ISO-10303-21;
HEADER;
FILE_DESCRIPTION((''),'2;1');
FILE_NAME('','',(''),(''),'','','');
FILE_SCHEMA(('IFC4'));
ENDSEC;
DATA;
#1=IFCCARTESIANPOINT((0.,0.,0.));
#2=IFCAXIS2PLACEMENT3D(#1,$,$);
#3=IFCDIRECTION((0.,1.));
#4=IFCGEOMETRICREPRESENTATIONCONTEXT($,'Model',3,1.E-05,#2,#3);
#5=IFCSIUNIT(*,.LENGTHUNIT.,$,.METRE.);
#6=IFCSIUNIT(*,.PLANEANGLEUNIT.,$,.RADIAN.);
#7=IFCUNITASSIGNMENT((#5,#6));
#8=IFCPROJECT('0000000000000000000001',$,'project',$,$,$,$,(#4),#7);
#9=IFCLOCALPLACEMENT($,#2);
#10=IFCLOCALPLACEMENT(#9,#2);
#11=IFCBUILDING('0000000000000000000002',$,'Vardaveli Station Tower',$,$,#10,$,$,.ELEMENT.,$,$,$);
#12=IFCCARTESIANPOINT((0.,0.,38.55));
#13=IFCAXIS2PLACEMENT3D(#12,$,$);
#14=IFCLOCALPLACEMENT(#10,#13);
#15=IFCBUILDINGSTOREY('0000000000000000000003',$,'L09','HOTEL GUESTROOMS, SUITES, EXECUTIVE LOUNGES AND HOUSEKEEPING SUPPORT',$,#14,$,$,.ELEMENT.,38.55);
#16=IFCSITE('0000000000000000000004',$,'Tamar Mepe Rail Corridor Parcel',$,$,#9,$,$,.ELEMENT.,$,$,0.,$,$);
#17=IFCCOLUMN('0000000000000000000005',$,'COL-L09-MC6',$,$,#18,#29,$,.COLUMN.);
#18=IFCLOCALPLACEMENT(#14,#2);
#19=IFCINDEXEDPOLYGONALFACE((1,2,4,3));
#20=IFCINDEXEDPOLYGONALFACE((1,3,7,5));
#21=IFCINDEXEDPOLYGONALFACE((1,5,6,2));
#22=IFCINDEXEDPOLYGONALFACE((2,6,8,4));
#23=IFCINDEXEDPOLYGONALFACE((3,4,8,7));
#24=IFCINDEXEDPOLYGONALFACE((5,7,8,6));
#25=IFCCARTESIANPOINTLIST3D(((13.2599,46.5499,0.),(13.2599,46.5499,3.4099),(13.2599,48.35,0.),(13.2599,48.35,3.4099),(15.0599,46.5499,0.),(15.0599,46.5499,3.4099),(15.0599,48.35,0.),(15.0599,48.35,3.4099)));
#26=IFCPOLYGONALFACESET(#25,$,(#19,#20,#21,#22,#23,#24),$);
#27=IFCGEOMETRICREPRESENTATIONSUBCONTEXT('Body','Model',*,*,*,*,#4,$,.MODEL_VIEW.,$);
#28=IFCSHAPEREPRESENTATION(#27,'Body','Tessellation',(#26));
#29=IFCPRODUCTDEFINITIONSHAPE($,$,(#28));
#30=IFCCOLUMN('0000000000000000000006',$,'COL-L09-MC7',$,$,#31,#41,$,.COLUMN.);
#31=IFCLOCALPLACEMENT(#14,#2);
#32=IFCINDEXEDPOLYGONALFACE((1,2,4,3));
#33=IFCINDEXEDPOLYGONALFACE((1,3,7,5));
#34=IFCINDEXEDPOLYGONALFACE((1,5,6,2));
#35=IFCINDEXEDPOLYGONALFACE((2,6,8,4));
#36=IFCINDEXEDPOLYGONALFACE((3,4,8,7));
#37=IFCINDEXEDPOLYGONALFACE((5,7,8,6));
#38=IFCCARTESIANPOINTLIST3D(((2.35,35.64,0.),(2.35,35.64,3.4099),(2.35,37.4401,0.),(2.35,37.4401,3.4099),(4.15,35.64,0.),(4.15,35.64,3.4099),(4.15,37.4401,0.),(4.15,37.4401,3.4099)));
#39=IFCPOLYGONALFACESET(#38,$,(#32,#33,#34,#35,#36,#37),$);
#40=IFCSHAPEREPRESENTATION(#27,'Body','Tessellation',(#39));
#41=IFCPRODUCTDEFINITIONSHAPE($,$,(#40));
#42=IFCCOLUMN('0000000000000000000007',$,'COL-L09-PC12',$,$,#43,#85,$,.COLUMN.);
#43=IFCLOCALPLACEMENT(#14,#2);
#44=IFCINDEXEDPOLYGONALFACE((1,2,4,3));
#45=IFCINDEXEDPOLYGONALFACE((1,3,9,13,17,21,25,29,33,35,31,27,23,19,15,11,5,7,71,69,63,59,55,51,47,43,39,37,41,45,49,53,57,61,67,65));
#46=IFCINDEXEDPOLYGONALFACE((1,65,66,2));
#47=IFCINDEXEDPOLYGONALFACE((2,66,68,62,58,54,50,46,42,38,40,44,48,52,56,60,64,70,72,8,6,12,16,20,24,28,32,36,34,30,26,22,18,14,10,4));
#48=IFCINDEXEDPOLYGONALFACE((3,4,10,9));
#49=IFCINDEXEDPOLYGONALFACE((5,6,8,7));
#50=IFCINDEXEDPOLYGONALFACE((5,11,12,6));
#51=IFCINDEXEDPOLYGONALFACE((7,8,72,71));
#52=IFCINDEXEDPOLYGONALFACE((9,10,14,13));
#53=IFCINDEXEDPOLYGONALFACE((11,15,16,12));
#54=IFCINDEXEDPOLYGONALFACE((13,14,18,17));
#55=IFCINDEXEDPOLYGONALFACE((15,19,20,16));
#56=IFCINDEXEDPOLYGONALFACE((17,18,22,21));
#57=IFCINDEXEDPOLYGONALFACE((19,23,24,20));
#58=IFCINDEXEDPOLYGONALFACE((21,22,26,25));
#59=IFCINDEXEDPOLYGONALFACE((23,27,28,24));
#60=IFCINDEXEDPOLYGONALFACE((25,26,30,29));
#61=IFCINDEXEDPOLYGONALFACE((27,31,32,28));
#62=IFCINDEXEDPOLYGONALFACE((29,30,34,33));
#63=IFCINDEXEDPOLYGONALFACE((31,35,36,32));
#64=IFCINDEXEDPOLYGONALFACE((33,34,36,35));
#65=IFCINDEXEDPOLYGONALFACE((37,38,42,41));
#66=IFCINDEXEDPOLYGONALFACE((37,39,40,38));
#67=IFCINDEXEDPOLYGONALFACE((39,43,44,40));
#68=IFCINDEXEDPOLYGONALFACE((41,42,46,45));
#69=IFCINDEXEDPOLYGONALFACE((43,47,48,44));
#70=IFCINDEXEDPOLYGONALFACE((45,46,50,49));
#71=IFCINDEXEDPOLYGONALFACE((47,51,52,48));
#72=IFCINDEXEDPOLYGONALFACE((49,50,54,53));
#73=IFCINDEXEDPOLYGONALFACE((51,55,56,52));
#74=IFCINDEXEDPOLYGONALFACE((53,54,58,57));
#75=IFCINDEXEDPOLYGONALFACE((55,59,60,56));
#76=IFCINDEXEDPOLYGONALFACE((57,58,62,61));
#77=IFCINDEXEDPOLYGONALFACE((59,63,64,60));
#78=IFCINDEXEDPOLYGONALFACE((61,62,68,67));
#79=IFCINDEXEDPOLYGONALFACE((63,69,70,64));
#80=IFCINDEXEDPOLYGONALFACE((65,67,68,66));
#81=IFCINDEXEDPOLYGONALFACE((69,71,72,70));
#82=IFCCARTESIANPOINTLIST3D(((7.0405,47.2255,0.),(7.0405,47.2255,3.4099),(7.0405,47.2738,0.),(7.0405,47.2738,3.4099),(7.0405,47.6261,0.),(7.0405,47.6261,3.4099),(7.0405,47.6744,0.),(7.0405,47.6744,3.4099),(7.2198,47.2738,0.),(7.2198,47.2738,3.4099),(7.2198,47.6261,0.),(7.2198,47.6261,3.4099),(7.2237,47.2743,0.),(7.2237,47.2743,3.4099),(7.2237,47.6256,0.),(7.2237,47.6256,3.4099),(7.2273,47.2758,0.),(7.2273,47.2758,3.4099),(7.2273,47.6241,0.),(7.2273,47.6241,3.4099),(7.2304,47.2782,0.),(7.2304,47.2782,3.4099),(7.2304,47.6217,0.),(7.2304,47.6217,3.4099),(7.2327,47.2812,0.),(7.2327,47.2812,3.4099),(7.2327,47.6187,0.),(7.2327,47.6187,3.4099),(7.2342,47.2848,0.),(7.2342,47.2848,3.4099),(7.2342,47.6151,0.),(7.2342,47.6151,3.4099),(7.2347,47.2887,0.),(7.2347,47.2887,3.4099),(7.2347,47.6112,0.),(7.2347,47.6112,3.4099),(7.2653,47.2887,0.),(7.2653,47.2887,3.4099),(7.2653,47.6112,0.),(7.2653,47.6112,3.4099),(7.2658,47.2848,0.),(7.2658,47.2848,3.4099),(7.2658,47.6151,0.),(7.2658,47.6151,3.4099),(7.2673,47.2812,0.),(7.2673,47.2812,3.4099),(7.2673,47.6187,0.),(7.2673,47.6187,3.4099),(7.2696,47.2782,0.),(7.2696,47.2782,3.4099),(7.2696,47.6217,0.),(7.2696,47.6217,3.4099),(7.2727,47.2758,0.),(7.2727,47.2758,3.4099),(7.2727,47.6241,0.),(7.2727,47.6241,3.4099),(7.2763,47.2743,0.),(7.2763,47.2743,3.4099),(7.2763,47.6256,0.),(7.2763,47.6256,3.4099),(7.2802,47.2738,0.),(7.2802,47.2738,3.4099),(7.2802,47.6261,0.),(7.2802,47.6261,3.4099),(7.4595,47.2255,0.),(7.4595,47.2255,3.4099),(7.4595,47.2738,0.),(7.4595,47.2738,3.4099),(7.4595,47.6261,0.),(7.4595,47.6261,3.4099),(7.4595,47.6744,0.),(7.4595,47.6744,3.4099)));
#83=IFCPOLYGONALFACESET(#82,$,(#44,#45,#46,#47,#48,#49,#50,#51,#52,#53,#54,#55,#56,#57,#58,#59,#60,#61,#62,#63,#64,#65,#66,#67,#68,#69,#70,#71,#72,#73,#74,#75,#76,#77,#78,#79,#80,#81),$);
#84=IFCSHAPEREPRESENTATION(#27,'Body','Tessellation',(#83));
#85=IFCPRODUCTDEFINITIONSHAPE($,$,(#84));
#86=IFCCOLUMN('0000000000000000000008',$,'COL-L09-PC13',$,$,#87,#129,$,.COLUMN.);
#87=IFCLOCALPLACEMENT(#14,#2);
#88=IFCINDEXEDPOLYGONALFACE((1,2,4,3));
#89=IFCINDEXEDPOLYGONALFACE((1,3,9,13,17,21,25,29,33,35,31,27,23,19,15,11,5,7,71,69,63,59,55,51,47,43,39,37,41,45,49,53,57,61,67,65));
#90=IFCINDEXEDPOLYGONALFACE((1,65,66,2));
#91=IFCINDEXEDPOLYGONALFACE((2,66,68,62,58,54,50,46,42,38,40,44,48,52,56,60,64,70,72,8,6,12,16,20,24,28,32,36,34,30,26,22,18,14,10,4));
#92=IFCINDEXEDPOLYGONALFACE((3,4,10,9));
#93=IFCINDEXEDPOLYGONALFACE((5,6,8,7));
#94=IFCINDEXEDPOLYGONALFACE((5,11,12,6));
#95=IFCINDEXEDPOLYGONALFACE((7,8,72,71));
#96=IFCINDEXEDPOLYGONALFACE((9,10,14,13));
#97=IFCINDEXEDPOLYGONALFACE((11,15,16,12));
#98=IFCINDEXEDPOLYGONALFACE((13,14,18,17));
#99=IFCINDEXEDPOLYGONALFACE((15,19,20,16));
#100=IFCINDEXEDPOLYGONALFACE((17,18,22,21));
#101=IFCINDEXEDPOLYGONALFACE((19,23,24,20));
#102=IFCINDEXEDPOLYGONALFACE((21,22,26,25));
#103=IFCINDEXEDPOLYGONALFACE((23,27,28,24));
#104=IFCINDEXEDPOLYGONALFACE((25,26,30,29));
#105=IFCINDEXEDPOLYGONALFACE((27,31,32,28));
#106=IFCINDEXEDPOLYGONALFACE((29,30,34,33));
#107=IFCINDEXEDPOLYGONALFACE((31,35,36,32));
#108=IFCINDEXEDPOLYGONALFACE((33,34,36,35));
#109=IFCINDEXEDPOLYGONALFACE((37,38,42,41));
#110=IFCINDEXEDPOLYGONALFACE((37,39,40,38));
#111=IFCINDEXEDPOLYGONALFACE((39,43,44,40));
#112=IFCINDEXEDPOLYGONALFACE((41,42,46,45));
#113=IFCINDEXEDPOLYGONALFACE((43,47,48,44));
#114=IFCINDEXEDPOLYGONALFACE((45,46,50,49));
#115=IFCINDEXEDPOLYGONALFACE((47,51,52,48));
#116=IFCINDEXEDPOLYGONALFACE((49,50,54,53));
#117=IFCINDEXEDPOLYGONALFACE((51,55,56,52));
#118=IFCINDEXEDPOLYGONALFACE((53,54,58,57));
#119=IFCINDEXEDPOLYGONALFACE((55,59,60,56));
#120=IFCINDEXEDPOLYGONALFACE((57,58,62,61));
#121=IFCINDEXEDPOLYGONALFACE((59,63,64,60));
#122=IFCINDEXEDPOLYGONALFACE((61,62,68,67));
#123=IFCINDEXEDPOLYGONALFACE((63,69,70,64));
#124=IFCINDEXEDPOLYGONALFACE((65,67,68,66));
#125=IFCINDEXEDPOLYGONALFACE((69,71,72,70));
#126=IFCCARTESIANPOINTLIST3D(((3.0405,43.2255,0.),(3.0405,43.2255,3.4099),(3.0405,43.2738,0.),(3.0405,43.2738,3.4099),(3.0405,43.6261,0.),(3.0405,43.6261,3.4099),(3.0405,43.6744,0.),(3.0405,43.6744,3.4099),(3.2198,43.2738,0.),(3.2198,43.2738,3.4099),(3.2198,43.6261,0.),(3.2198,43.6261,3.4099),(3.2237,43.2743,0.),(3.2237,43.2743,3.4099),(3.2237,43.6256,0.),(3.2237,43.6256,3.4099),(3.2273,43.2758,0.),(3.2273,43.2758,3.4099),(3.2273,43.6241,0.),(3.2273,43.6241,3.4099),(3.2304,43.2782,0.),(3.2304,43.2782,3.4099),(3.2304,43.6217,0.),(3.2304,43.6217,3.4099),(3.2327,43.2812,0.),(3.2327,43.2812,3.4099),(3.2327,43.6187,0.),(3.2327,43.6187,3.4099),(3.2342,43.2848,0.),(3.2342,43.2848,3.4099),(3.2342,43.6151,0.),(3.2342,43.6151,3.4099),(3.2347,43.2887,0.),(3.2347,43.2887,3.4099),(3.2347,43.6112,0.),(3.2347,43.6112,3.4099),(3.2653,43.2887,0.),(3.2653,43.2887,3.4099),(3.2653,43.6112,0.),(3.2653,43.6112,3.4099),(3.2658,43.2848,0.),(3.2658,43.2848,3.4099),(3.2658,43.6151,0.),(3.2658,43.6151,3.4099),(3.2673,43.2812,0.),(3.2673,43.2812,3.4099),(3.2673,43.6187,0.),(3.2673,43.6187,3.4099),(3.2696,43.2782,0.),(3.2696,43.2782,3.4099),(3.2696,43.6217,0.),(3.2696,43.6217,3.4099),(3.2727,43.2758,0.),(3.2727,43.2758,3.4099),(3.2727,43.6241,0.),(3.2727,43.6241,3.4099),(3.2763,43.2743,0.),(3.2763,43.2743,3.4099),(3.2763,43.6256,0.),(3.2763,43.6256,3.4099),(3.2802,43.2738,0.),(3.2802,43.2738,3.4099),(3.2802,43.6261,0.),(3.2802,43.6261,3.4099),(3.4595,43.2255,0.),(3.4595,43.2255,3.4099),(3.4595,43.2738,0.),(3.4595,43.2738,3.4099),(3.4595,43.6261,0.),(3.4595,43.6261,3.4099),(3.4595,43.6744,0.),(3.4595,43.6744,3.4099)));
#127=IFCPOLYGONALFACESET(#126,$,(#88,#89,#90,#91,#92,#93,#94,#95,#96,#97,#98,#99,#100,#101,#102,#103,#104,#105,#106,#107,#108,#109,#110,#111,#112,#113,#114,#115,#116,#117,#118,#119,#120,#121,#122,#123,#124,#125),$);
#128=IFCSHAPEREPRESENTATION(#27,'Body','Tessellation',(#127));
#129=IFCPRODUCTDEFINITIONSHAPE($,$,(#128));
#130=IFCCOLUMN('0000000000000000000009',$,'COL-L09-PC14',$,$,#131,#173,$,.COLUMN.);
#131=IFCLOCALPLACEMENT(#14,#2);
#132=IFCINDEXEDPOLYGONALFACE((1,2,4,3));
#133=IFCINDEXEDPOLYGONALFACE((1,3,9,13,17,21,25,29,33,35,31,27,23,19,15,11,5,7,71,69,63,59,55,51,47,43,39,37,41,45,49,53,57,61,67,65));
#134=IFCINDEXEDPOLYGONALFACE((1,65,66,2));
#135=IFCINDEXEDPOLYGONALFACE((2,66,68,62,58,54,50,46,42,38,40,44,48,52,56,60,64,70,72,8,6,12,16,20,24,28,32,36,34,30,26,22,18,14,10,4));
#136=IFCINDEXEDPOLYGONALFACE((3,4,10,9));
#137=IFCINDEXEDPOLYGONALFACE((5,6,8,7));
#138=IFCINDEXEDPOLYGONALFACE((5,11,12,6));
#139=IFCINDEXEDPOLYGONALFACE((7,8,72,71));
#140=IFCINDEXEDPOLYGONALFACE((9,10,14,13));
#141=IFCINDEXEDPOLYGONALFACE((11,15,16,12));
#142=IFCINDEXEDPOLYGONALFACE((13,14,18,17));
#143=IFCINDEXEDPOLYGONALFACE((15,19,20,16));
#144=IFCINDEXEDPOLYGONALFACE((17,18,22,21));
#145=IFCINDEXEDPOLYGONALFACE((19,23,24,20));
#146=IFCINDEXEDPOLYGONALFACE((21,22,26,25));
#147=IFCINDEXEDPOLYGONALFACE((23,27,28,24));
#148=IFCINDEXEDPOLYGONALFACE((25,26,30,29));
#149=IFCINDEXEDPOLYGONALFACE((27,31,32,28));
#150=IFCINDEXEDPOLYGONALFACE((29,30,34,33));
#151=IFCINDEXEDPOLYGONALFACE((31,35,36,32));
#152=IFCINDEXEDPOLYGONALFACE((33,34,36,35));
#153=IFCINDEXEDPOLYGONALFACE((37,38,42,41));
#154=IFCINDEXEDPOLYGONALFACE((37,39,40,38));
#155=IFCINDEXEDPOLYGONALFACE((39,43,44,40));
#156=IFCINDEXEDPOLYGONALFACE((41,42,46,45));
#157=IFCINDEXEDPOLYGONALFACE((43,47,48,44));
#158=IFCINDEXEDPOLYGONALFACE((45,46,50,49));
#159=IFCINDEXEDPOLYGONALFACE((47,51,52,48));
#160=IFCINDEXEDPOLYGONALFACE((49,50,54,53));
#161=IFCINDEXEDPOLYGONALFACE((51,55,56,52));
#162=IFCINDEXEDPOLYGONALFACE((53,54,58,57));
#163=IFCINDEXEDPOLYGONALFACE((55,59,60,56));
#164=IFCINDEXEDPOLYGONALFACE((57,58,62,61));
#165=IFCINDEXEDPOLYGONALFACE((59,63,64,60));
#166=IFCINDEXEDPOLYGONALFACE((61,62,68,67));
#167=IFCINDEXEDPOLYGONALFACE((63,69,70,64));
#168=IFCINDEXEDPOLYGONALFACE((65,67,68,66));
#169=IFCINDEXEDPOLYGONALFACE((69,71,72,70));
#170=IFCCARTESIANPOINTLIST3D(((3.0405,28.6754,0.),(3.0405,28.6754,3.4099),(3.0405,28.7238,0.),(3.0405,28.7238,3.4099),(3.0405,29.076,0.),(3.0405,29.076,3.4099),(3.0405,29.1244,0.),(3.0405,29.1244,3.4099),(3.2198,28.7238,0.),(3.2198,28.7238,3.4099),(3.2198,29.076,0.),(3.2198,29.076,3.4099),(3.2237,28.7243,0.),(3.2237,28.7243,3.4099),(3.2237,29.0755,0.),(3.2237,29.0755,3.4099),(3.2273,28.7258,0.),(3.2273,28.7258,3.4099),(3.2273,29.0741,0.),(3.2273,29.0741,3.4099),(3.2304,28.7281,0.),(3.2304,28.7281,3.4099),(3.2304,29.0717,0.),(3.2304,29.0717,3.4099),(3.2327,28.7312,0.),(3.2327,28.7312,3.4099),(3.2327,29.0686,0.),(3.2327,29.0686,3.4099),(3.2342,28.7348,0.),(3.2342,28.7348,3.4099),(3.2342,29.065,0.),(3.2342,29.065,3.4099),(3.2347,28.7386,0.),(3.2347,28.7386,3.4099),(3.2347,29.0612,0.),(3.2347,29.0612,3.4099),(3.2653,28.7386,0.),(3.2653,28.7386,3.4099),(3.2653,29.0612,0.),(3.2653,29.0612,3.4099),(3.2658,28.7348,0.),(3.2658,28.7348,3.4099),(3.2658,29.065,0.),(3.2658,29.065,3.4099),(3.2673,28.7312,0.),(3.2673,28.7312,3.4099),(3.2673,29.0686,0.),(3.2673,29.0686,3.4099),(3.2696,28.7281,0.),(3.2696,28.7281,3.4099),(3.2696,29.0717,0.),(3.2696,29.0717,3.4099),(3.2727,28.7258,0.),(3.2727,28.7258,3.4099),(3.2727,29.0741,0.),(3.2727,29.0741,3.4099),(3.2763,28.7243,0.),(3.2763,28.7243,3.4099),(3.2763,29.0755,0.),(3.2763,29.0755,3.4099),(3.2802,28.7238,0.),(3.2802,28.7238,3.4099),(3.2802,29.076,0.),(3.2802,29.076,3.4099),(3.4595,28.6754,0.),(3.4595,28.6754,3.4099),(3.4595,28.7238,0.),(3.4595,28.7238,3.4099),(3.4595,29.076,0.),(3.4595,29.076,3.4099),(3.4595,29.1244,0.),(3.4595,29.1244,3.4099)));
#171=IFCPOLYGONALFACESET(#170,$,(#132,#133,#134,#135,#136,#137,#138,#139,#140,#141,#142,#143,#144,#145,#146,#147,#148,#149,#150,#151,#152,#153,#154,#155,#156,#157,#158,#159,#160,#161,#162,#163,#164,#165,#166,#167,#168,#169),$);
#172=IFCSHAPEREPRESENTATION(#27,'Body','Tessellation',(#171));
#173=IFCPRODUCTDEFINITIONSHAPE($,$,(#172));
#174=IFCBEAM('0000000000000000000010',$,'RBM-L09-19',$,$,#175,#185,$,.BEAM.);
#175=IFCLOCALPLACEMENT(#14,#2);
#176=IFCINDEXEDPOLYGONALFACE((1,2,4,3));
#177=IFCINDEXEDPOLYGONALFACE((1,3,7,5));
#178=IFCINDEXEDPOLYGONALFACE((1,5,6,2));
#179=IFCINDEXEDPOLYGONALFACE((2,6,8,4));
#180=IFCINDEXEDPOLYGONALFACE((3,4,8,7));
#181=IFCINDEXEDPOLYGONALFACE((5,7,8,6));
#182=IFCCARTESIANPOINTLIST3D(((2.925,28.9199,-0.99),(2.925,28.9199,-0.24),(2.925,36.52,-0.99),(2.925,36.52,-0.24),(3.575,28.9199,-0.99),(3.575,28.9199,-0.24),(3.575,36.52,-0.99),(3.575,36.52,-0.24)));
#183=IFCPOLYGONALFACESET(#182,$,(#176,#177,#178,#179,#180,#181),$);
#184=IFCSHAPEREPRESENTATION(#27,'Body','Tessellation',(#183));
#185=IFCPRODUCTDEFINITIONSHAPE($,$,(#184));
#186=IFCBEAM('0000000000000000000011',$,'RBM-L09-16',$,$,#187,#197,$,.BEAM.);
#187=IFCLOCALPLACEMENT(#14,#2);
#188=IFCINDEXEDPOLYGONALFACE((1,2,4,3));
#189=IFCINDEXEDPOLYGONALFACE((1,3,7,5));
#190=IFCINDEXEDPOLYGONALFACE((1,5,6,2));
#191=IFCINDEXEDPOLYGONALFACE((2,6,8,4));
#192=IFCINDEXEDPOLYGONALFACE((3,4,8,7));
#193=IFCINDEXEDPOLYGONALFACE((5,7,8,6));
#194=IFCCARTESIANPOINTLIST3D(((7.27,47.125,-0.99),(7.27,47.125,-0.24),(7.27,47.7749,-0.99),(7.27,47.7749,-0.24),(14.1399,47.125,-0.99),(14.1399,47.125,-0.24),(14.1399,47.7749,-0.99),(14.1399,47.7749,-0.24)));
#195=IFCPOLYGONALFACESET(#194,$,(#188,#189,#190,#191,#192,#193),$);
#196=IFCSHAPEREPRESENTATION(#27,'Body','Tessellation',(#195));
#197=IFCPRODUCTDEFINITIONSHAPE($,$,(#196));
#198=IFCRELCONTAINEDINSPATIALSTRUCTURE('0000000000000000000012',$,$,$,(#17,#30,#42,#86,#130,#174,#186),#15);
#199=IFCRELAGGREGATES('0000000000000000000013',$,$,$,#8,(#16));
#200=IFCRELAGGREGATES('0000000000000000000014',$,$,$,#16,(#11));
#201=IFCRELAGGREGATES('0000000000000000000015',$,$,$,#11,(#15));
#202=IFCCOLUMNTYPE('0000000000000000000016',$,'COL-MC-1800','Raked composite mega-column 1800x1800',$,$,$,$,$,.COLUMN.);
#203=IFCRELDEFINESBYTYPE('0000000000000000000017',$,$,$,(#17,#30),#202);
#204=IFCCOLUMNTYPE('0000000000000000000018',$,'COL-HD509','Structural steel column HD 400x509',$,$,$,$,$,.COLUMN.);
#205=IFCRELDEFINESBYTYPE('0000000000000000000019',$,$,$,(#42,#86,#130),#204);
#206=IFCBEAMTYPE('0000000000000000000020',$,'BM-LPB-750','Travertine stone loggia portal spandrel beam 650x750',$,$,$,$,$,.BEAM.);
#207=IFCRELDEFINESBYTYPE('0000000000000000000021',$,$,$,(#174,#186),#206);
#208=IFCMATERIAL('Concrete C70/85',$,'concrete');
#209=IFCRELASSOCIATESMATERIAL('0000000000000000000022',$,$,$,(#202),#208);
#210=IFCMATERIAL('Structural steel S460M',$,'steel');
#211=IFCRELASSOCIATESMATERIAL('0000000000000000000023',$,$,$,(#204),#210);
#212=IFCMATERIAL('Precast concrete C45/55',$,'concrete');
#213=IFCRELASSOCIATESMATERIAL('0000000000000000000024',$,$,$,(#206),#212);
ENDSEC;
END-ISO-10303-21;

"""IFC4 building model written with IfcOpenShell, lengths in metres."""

from ifc_helpers import new_model, si_unit, direction, frame, origin, origin_2d, place, context, subcontext, project, spatial, rectangle, i_section, extrude, source, transform, mapped, material, material_profile, profile_set, type_object, element, save


model = new_model("IFC4")

# Units and contexts
model_context = context("Model", 3, precision=1e-05, world=origin(), true_north=direction((0.0, 1.0)))
body_context = subcontext(model_context, "Body", "Model", "MODEL_VIEW")
ifc_project = project(units=[si_unit("LENGTHUNIT", "METRE"), si_unit("PLANEANGLEUNIT", "RADIAN")], contexts=[model_context])

# Site, building, storey
site_placement = place(None, origin())
site = spatial("IfcSite", under=ifc_project, at=site_placement, Name="Tamar Mepe Rail Corridor Parcel", CompositionType="ELEMENT", RefElevation=0.0)
building_placement = place(site_placement, origin())
building = spatial("IfcBuilding", under=site, at=building_placement, Name="Vardaveli Station Tower", CompositionType="ELEMENT")
storey_placement = place(building_placement, frame((0.0, 0.0, 38.55)))
storey = spatial("IfcBuildingStorey", under=building, at=storey_placement, Name="L09", Description="HOTEL GUESTROOMS, SUITES, EXECUTIVE LOUNGES AND HOUSEKEEPING SUPPORT", CompositionType="ELEMENT", Elevation=38.55)

# Columns
ifc_material_1 = material(Name="Concrete C70/85", Category="concrete")
ifc_material_profile_1 = material_profile(ifc_material_1, rectangle(XDim=1.8, YDim=1.8, at=origin_2d()), Name="MC 1800x1800")
ifc_profile_set_1 = profile_set([ifc_material_profile_1], Name="Concrete C70/85")
column_type_1 = type_object("IfcColumnType", Name="COL-MC-1800", Description="Raked composite mega-column 1800x1800", PredefinedType="COLUMN", material=ifc_profile_set_1)
shared_shape_1 = source(origin(), body_context, "Body", "SweptSolid", [
    extrude(rectangle(XDim=1.8, YDim=1.8, at=origin_2d()), origin(), (0.0, 0.0, 1.0), 3.4099),
])
for number, where, z_axis, x_axis, name in (
    (1, (14.1599, 47.45, 0.0), (0.0, 0.0, 1.0), (1.0, 0.0, 0.0), "COL-L09-MC6"),
    (2, (3.25, 36.54, 0.0), (0.0, 0.0, 1.0), (1.0, 0.0, 0.0), "COL-L09-MC7"),
):
    element("IfcColumn", number, at=place(storey_placement, frame(where, z_axis=z_axis, x_axis=x_axis)), inside=storey, type_object=column_type_1, Name=name, PredefinedType="COLUMN", context=body_context, shape_type="MappedRepresentation", body=[
        mapped(shared_shape_1, transform((0.0, 0.0, 0.0), scale=1.0)),
    ])
ifc_material_2 = material(Name="Structural steel S460M", Category="steel")
ifc_material_profile_2 = material_profile(ifc_material_2, i_section(OverallWidth=0.4189, OverallDepth=0.449, WebThickness=0.0305, FlangeThickness=0.0483, FilletRadius=0.0149, at=origin_2d()), Name="HD 400x509")
ifc_profile_set_2 = profile_set([ifc_material_profile_2], Name="Structural steel S460M")
column_type_2 = type_object("IfcColumnType", Name="COL-HD509", Description="Structural steel column HD 400x509", PredefinedType="COLUMN", material=ifc_profile_set_2)
shared_shape_2 = source(origin(), body_context, "Body", "SweptSolid", [
    extrude(i_section(OverallWidth=0.4189, OverallDepth=0.449, WebThickness=0.0305, FlangeThickness=0.0483, FilletRadius=0.0149, at=origin_2d()), origin(), (0.0, 0.0, 1.0), 3.4099),
])
for number, where, z_axis, x_axis, name in (
    (3, (7.25, 47.45, 0.0), (0.0, 0.0, 1.0), (1.0, 0.0, 0.0), "COL-L09-PC12"),
    (4, (3.25, 43.45, 0.0), (0.0, 0.0, 1.0), (1.0, 0.0, 0.0), "COL-L09-PC13"),
    (5, (3.25, 28.8999, 0.0), (0.0, 0.0, 1.0), (1.0, 0.0, 0.0), "COL-L09-PC14"),
):
    element("IfcColumn", number, at=place(storey_placement, frame(where, z_axis=z_axis, x_axis=x_axis)), inside=storey, type_object=column_type_2, Name=name, PredefinedType="COLUMN", context=body_context, shape_type="MappedRepresentation", body=[
        mapped(shared_shape_2, transform((0.0, 0.0, 0.0), scale=1.0)),
    ])

# Beams
ifc_material_3 = material(Name="Precast concrete C45/55", Category="concrete")
ifc_material_profile_3 = material_profile(ifc_material_3, rectangle(XDim=0.6499, YDim=0.75, at=origin_2d()), Name="LPB 650x750")
ifc_profile_set_3 = profile_set([ifc_material_profile_3], Name="Precast concrete C45/55")
beam_type = type_object("IfcBeamType", Name="BM-LPB-750", Description="Travertine stone loggia portal spandrel beam 650x750", PredefinedType="BEAM", material=ifc_profile_set_3)
shared_shape_3 = source(origin(), body_context, "Body", "SweptSolid", [
    extrude(rectangle(XDim=0.6499, YDim=0.75, at=origin_2d()), origin(), (0.0, 0.0, 1.0), 7.6001),
])
beam_1_placement = place(storey_placement, frame((3.25, 36.52, -0.615), z_axis=(0.0, -1.0, 0.0), x_axis=(1.0, 0.0, 0.0)))
element("IfcBeam", 6, at=beam_1_placement, inside=storey, type_object=beam_type, Name="RBM-L09-19", PredefinedType="BEAM", context=body_context, shape_type="MappedRepresentation", body=[
    mapped(shared_shape_3, transform((0.0, 0.0, 0.0), scale=1.0)),
])
shared_shape_4 = source(origin(), body_context, "Body", "SweptSolid", [
    extrude(rectangle(XDim=0.6499, YDim=0.75, at=origin_2d()), origin(), (0.0, 0.0, 1.0), 6.8699),
])
for number, where, z_axis, x_axis, name in (
    (7, (14.1399, 47.45, -0.615), (-1.0, 0.0, 0.0), (0.0, -1.0, 0.0), "RBM-L09-16"),
):
    element("IfcBeam", number, at=place(storey_placement, frame(where, z_axis=z_axis, x_axis=x_axis)), inside=storey, type_object=beam_type, Name=name, PredefinedType="BEAM", context=body_context, shape_type="MappedRepresentation", body=[
        mapped(shared_shape_4, transform((0.0, 0.0, 0.0), scale=1.0)),
    ])

save(model, "model.ifc")
